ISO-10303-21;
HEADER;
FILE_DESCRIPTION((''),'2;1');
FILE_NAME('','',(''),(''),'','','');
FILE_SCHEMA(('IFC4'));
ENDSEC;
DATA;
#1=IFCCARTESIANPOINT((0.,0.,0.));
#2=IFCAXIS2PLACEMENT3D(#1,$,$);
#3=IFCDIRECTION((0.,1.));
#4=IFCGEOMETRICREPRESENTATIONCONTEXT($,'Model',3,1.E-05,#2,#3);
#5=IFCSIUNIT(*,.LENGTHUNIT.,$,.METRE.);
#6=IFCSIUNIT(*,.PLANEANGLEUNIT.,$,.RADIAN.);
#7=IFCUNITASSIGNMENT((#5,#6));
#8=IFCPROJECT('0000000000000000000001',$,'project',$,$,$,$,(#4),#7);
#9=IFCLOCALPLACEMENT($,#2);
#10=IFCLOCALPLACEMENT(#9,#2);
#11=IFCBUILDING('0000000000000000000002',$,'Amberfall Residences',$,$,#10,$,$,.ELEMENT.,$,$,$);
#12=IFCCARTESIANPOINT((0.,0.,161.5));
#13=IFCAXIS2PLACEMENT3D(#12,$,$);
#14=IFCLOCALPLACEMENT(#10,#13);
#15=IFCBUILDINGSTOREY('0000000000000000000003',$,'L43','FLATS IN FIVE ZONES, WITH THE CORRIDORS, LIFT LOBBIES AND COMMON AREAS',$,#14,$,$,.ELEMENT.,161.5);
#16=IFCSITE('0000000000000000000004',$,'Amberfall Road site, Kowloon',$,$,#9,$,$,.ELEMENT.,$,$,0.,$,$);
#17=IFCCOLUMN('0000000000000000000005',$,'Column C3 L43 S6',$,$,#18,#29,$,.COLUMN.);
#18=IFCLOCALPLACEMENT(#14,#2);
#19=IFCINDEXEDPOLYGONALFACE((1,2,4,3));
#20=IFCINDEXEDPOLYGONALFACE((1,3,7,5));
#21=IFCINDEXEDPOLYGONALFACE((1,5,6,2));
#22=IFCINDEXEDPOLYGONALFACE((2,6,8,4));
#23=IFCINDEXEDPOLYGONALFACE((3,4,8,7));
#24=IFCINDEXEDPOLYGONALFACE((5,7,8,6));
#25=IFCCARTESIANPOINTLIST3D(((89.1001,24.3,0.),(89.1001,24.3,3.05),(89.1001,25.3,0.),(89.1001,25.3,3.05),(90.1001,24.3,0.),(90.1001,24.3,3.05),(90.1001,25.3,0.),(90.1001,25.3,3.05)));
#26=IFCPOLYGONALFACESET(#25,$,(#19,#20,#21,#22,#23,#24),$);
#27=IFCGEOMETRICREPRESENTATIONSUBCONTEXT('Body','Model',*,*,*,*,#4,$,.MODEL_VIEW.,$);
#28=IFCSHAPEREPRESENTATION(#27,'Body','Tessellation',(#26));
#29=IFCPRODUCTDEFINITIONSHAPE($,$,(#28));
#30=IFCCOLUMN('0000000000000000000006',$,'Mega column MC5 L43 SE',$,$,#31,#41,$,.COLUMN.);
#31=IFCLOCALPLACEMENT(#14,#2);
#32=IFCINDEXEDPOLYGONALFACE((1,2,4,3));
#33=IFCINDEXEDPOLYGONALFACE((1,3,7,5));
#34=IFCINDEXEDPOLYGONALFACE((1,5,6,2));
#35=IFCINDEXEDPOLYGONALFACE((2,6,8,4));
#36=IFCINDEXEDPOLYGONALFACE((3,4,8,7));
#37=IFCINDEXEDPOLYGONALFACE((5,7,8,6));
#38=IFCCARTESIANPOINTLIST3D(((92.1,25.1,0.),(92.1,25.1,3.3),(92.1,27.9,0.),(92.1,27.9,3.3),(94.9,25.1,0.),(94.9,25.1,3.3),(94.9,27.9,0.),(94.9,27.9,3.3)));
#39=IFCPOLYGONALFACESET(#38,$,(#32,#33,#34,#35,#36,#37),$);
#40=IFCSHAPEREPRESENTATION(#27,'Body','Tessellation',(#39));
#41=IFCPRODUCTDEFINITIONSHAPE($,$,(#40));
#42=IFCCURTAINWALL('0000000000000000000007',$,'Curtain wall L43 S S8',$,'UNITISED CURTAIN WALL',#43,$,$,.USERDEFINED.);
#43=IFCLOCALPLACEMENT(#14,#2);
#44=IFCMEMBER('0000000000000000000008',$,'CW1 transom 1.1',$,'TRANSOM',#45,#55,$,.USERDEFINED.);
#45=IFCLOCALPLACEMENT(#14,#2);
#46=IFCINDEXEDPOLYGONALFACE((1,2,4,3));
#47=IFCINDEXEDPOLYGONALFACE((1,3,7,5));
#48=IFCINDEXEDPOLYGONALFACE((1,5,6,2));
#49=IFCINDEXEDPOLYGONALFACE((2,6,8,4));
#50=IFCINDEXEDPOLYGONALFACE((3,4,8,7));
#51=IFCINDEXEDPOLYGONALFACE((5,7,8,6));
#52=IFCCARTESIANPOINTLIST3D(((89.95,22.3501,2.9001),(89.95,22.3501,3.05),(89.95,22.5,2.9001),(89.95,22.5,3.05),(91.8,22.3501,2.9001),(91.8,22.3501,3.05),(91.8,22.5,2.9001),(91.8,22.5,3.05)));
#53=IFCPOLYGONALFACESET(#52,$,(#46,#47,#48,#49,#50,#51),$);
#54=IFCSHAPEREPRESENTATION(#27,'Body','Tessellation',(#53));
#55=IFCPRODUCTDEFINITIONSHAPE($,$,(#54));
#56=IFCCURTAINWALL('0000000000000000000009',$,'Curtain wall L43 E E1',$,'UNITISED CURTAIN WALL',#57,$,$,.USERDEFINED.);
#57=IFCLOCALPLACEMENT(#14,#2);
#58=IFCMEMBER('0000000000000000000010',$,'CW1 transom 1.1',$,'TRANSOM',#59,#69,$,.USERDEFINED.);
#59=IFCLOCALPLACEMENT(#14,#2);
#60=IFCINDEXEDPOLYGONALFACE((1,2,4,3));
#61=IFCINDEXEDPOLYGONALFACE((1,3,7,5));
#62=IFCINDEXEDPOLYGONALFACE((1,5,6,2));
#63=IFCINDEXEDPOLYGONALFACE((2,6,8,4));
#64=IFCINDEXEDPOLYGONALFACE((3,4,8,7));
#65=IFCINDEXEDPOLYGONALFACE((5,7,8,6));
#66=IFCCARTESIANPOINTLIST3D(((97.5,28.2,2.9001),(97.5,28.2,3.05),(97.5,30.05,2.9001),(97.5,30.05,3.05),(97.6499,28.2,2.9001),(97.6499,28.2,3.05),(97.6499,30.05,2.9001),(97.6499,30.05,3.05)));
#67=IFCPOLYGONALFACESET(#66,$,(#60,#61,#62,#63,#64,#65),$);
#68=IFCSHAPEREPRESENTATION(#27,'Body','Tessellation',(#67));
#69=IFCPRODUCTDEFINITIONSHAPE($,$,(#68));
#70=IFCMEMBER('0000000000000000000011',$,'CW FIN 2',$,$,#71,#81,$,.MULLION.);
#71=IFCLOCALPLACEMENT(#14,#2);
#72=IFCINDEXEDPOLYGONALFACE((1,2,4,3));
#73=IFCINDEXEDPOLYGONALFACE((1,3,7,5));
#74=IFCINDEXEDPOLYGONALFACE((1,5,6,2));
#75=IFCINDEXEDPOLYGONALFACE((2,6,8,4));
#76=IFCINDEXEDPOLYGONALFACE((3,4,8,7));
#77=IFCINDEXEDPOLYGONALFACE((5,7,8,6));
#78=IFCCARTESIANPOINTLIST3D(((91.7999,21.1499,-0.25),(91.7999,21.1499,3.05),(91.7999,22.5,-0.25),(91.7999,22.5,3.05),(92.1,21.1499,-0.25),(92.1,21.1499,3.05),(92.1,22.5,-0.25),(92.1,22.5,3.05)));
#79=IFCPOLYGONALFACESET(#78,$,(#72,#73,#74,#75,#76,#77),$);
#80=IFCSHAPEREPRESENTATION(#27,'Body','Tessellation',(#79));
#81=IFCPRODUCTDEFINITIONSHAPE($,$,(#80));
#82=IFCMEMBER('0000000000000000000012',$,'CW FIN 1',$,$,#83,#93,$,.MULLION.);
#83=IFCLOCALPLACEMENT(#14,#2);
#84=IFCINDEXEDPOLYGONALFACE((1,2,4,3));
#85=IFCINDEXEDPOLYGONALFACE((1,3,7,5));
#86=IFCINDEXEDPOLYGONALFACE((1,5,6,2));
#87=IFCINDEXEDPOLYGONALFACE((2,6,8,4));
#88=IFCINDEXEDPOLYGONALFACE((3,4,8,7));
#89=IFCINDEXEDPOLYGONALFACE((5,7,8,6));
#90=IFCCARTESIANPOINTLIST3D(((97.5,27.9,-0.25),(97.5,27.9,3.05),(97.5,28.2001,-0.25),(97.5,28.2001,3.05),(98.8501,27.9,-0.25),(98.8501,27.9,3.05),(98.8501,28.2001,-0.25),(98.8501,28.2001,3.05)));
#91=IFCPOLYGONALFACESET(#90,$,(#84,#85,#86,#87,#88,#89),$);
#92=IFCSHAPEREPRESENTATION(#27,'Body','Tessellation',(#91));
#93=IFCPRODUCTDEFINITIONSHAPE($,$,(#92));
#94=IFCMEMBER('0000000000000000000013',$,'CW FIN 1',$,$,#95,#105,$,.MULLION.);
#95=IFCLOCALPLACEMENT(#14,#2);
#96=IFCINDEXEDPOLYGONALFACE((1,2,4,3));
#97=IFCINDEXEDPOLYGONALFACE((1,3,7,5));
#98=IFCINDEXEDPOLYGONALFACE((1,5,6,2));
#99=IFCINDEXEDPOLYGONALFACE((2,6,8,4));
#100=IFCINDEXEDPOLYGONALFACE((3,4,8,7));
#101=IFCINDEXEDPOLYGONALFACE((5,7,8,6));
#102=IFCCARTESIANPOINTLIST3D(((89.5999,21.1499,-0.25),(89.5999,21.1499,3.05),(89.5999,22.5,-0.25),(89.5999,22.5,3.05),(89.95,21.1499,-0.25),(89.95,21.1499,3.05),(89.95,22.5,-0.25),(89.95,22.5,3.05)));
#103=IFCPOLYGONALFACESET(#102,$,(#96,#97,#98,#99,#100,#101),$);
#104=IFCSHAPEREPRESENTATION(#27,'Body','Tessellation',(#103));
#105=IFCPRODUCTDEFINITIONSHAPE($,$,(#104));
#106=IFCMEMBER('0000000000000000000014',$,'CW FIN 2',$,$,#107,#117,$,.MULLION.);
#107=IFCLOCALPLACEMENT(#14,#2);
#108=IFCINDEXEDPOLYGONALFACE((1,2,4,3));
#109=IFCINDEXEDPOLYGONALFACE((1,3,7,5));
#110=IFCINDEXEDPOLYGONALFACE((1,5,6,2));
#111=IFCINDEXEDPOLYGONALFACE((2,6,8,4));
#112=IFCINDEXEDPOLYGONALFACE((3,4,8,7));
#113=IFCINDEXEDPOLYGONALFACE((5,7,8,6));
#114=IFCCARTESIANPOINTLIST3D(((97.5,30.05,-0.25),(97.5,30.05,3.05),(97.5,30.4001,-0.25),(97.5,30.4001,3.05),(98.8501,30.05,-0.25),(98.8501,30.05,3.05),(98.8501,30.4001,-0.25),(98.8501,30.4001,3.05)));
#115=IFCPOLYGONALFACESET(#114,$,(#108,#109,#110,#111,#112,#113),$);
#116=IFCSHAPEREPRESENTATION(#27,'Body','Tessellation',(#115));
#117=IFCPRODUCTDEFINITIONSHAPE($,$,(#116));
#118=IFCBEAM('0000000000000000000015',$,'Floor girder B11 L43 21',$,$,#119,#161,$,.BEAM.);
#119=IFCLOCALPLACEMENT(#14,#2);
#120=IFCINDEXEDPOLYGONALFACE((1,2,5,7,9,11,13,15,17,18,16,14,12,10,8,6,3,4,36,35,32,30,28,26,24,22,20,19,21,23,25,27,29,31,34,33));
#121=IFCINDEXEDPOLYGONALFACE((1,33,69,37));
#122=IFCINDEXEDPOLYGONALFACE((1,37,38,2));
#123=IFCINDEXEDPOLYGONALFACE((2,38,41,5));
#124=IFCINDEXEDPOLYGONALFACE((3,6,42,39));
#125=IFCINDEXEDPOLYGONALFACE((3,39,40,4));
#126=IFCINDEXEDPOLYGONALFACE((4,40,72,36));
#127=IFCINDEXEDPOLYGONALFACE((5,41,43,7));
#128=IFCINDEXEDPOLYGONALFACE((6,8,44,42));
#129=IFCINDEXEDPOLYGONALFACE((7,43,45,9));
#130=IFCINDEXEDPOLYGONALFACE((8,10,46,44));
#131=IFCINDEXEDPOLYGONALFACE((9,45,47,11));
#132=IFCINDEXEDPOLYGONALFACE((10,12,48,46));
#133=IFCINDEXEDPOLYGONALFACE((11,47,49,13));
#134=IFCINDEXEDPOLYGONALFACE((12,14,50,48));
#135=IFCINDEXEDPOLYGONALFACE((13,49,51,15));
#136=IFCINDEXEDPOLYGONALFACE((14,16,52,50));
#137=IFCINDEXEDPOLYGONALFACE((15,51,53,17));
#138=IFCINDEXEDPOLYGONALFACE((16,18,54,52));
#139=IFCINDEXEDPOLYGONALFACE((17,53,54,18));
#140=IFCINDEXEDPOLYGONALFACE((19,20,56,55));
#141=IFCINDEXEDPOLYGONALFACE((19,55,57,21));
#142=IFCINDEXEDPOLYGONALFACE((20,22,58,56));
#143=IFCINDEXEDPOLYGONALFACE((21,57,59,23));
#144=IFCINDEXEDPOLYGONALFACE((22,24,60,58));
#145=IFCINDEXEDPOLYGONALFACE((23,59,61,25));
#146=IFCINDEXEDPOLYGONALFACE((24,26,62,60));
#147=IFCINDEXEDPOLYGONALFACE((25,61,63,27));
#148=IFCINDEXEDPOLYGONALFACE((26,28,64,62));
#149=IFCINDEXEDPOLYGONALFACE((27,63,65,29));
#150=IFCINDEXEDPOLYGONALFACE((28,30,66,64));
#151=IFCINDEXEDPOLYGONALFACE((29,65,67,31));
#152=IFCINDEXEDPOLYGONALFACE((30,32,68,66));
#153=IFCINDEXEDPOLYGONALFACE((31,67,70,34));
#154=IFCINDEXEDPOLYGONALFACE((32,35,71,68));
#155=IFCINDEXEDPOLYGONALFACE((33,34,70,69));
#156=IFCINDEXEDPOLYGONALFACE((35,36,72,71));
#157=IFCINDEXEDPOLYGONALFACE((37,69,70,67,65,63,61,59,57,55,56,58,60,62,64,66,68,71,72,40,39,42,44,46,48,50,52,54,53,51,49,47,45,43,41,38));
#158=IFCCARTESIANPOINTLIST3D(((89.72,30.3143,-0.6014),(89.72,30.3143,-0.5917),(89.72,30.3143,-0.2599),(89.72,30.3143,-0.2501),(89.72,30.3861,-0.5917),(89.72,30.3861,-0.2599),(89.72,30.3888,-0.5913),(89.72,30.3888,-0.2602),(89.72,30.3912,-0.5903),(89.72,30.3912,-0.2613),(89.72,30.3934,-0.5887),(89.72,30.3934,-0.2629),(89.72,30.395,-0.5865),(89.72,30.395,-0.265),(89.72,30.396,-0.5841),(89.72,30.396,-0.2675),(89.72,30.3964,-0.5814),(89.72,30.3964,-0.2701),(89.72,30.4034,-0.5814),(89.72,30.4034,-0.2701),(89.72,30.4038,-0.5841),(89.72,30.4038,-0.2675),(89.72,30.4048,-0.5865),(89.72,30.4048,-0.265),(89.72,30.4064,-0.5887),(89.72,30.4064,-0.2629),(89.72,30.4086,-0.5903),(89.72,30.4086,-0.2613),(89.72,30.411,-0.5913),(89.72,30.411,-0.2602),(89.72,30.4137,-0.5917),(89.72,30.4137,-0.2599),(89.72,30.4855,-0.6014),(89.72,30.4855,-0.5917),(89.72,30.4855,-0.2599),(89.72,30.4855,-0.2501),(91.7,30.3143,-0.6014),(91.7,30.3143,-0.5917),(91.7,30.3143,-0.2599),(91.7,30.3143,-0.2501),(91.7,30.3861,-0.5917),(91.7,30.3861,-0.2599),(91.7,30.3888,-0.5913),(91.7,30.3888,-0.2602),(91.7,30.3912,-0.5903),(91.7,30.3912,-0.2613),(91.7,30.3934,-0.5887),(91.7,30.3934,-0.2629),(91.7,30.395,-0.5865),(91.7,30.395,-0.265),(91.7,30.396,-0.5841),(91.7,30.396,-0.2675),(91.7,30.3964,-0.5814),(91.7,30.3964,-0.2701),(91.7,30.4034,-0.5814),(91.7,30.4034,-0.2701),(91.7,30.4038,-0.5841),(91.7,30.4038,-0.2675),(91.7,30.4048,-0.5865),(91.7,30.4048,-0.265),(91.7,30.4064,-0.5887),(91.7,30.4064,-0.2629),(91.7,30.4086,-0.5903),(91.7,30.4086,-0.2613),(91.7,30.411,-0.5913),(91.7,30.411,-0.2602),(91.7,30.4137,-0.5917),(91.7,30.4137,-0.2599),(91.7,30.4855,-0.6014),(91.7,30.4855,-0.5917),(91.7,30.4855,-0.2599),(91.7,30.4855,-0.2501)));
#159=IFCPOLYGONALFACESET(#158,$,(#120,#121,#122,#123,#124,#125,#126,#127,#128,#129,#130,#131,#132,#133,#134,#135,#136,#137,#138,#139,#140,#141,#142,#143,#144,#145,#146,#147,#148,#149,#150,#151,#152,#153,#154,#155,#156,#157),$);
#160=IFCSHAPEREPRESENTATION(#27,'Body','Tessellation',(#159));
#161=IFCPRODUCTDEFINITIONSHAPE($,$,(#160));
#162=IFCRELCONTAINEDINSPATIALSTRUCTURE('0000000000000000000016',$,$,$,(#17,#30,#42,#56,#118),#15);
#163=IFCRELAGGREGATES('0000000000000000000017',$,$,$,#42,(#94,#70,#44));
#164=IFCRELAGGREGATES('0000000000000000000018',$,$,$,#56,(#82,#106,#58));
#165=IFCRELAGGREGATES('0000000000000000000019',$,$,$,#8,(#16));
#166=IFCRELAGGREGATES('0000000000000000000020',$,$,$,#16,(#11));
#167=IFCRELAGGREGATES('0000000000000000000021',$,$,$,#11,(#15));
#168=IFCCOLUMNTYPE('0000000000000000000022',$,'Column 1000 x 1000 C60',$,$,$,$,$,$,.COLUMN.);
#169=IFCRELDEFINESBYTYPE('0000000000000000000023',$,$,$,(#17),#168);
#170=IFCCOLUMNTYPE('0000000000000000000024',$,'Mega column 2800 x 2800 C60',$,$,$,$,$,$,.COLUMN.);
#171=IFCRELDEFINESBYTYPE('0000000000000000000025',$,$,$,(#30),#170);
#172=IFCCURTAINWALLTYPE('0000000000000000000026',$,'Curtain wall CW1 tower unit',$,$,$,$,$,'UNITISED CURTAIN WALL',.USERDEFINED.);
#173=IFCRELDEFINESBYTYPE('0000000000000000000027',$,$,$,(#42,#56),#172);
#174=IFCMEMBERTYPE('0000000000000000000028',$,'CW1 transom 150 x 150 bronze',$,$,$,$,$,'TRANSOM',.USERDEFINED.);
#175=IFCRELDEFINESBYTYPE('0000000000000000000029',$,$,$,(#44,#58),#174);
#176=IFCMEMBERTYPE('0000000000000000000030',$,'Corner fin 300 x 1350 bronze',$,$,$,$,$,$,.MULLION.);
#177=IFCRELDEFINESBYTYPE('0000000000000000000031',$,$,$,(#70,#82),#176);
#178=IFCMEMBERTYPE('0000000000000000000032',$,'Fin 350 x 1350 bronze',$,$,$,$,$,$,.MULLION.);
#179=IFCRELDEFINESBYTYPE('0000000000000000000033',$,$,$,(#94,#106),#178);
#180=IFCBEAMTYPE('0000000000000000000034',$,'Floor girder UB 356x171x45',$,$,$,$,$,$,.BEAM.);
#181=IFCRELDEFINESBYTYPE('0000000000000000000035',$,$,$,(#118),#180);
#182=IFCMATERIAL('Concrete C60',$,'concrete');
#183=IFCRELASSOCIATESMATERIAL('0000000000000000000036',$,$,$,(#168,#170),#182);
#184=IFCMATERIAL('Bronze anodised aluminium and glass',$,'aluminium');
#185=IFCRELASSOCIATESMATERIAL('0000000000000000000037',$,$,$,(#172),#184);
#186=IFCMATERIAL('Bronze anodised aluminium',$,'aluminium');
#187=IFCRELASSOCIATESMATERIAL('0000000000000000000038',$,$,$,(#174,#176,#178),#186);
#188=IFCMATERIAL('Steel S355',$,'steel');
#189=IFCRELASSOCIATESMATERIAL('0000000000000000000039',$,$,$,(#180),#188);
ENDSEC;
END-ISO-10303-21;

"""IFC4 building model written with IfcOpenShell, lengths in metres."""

from ifc_helpers import new_model, si_unit, direction, frame, origin, origin_2d, place, context, subcontext, project, spatial, rectangle, i_section, extrude, material, material_profile, profile_set, type_object, element, aggregate, save


model = new_model("IFC4")

# Units and contexts
model_context = context("Model", 3, precision=1e-05, world=origin(), true_north=direction((0.0, 1.0)))
body_context = subcontext(model_context, "Body", "Model", "MODEL_VIEW")
ifc_project = project(units=[si_unit("LENGTHUNIT", "METRE"), si_unit("PLANEANGLEUNIT", "RADIAN")], contexts=[model_context])

# Site, building, storey
site_placement = place(None, origin())
site = spatial("IfcSite", under=ifc_project, at=site_placement, Name="Amberfall Road site, Kowloon", CompositionType="ELEMENT", RefElevation=0.0)
building_placement = place(site_placement, origin())
building = spatial("IfcBuilding", under=site, at=building_placement, Name="Amberfall Residences", CompositionType="ELEMENT")
storey_placement = place(building_placement, frame((0.0, 0.0, 161.5)))
storey = spatial("IfcBuildingStorey", under=building, at=storey_placement, Name="L43", Description="FLATS IN FIVE ZONES, WITH THE CORRIDORS, LIFT LOBBIES AND COMMON AREAS", CompositionType="ELEMENT", Elevation=161.5)

# Columns
ifc_material_1 = material(Name="Concrete C60", Category="concrete")
ifc_material_profile_1 = material_profile(ifc_material_1, rectangle(XDim=1.0, YDim=1.0, at=origin_2d()), Name="Column 1000 x 1000 C60")
ifc_profile_set_1 = profile_set([ifc_material_profile_1], Name="Concrete C60")
column_type_1 = type_object("IfcColumnType", Name="Column 1000 x 1000 C60", PredefinedType="COLUMN", material=ifc_profile_set_1)
column_1_placement = place(storey_placement, frame((89.6001, 24.8, 0.0), z_axis=(0.0, 0.0, 1.0), x_axis=(1.0, 0.0, 0.0)))
element("IfcColumn", 1, at=column_1_placement, inside=storey, type_object=column_type_1, Name="Column C3 L43 S6", PredefinedType="COLUMN", context=body_context, shape_type="SweptSolid", body=[
    extrude(rectangle(XDim=1.0, YDim=1.0, at=origin_2d()), origin(), (0.0, 0.0, 1.0), 3.05),
])
ifc_material_profile_2 = material_profile(ifc_material_1, rectangle(XDim=2.8, YDim=2.8, at=origin_2d()), Name="Mega column 2800 x 2800 C60")
ifc_profile_set_2 = profile_set([ifc_material_profile_2], Name="Concrete C60")
column_type_2 = type_object("IfcColumnType", Name="Mega column 2800 x 2800 C60", PredefinedType="COLUMN", material=ifc_profile_set_2)
column_2_placement = place(storey_placement, frame((93.5, 26.5, 0.0), z_axis=(0.0, 0.0, 1.0), x_axis=(1.0, 0.0, 0.0)))
element("IfcColumn", 2, at=column_2_placement, inside=storey, type_object=column_type_2, Name="Mega column MC5 L43 SE", PredefinedType="COLUMN", context=body_context, shape_type="SweptSolid", body=[
    extrude(rectangle(XDim=2.8, YDim=2.8, at=origin_2d()), origin(), (0.0, 0.0, 1.0), 3.3),
])

# Curtain walls, members
ifc_material_2 = material(Name="Bronze anodised aluminium and glass", Category="aluminium")
curtain_wall_type = type_object("IfcCurtainWallType", Name="Curtain wall CW1 tower unit", ElementType="UNITISED CURTAIN WALL", PredefinedType="USERDEFINED", material=ifc_material_2)
curtain_wall_1_placement = place(storey_placement, origin())
curtain_wall_1 = element("IfcCurtainWall", 3, at=curtain_wall_1_placement, inside=storey, type_object=curtain_wall_type, Name="Curtain wall L43 S S8", ObjectType="UNITISED CURTAIN WALL", PredefinedType="USERDEFINED")
ifc_material_3 = material(Name="Bronze anodised aluminium", Category="aluminium")
ifc_material_profile_3 = material_profile(ifc_material_3, rectangle(XDim=0.1499, YDim=0.1499, at=origin_2d()), Name="CW1 transom 150 x 150 bronze")
ifc_profile_set_3 = profile_set([ifc_material_profile_3], Name="Bronze anodised aluminium")
member_type_1 = type_object("IfcMemberType", Name="CW1 transom 150 x 150 bronze", ElementType="TRANSOM", PredefinedType="USERDEFINED", material=ifc_profile_set_3)
member_1_placement = place(storey_placement, frame((89.95, 22.425, 2.9751), z_axis=(1.0, 0.0, 0.0), x_axis=(0.0, 1.0, 0.0)))
member_1 = element("IfcMember", 4, at=member_1_placement, type_object=member_type_1, Name="CW1 transom 1.1", ObjectType="TRANSOM", PredefinedType="USERDEFINED", context=body_context, shape_type="SweptSolid", body=[
    extrude(rectangle(XDim=0.1499, YDim=0.1499, at=origin_2d()), origin(), (0.0, 0.0, 1.0), 1.8501),
])
curtain_wall_2_placement = place(storey_placement, origin())
curtain_wall_2 = element("IfcCurtainWall", 5, at=curtain_wall_2_placement, inside=storey, type_object=curtain_wall_type, Name="Curtain wall L43 E E1", ObjectType="UNITISED CURTAIN WALL", PredefinedType="USERDEFINED")
member_2_placement = place(storey_placement, frame((97.575, 28.2, 2.9751), z_axis=(0.0, 1.0, 0.0), x_axis=(-1.0, 0.0, 0.0)))
member_2 = element("IfcMember", 6, at=member_2_placement, type_object=member_type_1, Name="CW1 transom 1.1", ObjectType="TRANSOM", PredefinedType="USERDEFINED", context=body_context, shape_type="SweptSolid", body=[
    extrude(rectangle(XDim=0.1499, YDim=0.1499, at=origin_2d()), origin(), (0.0, 0.0, 1.0), 1.8501),
])

# Members
ifc_material_profile_4 = material_profile(ifc_material_3, rectangle(XDim=1.3501, YDim=0.3, at=origin_2d()), Name="Corner fin 300 x 1350 bronze")
ifc_profile_set_4 = profile_set([ifc_material_profile_4], Name="Bronze anodised aluminium")
member_type_2 = type_object("IfcMemberType", Name="Corner fin 300 x 1350 bronze", PredefinedType="MULLION", material=ifc_profile_set_4)
member_3_placement = place(storey_placement, frame((91.95, 21.825, -0.25), z_axis=(0.0, 0.0, 1.0), x_axis=(0.0, 1.0, 0.0)))
member_3 = element("IfcMember", 7, at=member_3_placement, type_object=member_type_2, Name="CW FIN 2", PredefinedType="MULLION", context=body_context, shape_type="SweptSolid", body=[
    extrude(rectangle(XDim=1.3501, YDim=0.3, at=origin_2d()), origin(), (0.0, 0.0, 1.0), 3.3),
])
member_4_placement = place(storey_placement, frame((98.175, 28.05, -0.25), z_axis=(0.0, 0.0, 1.0), x_axis=(-1.0, 0.0, 0.0)))
member_4 = element("IfcMember", 8, at=member_4_placement, type_object=member_type_2, Name="CW FIN 1", PredefinedType="MULLION", context=body_context, shape_type="SweptSolid", body=[
    extrude(rectangle(XDim=1.3501, YDim=0.3, at=origin_2d()), origin(), (0.0, 0.0, 1.0), 3.3),
])
ifc_material_profile_5 = material_profile(ifc_material_3, rectangle(XDim=1.3501, YDim=0.3501, at=origin_2d()), Name="Fin 350 x 1350 bronze")
ifc_profile_set_5 = profile_set([ifc_material_profile_5], Name="Bronze anodised aluminium")
member_type_3 = type_object("IfcMemberType", Name="Fin 350 x 1350 bronze", PredefinedType="MULLION", material=ifc_profile_set_5)
member_5_placement = place(storey_placement, frame((89.7749, 21.825, -0.25), z_axis=(0.0, 0.0, 1.0), x_axis=(0.0, 1.0, 0.0)))
member_5 = element("IfcMember", 9, at=member_5_placement, type_object=member_type_3, Name="CW FIN 1", PredefinedType="MULLION", context=body_context, shape_type="SweptSolid", body=[
    extrude(rectangle(XDim=1.3501, YDim=0.3501, at=origin_2d()), origin(), (0.0, 0.0, 1.0), 3.3),
])
member_6_placement = place(storey_placement, frame((98.175, 30.2251, -0.25), z_axis=(0.0, 0.0, 1.0), x_axis=(-1.0, 0.0, 0.0)))
member_6 = element("IfcMember", 10, at=member_6_placement, type_object=member_type_3, Name="CW FIN 2", PredefinedType="MULLION", context=body_context, shape_type="SweptSolid", body=[
    extrude(rectangle(XDim=1.3501, YDim=0.3501, at=origin_2d()), origin(), (0.0, 0.0, 1.0), 3.3),
])

# Beam
ifc_material_4 = material(Name="Steel S355", Category="steel")
ifc_material_profile_6 = material_profile(ifc_material_4, i_section(OverallWidth=0.1711, OverallDepth=0.3513, WebThickness=0.0071, FlangeThickness=0.0098, FilletRadius=0.0103, at=origin_2d()), Name="UB 356x171x45")
ifc_profile_set_6 = profile_set([ifc_material_profile_6], Name="Steel S355")
beam_type_1 = type_object("IfcBeamType", Name="Floor girder UB 356x171x45", PredefinedType="BEAM", material=ifc_profile_set_6)
beam_1_placement = place(storey_placement, frame((91.7, 30.3999, -0.4258), z_axis=(-1.0, 0.0, 0.0), x_axis=(0.0, -1.0, 0.0)))
element("IfcBeam", 11, at=beam_1_placement, inside=storey, type_object=beam_type_1, Name="Floor girder B11 L43 21", PredefinedType="BEAM", context=body_context, shape_type="SweptSolid", body=[
    extrude(i_section(OverallWidth=0.1711, OverallDepth=0.3513, WebThickness=0.0071, FlangeThickness=0.0098, FilletRadius=0.0103, at=origin_2d()), origin(), (0.0, 0.0, 1.0), 1.98),
])

aggregate(curtain_wall_1, [member_5, member_3, member_1])
aggregate(curtain_wall_2, [member_4, member_6, member_2])

save(model, "model.ifc")
